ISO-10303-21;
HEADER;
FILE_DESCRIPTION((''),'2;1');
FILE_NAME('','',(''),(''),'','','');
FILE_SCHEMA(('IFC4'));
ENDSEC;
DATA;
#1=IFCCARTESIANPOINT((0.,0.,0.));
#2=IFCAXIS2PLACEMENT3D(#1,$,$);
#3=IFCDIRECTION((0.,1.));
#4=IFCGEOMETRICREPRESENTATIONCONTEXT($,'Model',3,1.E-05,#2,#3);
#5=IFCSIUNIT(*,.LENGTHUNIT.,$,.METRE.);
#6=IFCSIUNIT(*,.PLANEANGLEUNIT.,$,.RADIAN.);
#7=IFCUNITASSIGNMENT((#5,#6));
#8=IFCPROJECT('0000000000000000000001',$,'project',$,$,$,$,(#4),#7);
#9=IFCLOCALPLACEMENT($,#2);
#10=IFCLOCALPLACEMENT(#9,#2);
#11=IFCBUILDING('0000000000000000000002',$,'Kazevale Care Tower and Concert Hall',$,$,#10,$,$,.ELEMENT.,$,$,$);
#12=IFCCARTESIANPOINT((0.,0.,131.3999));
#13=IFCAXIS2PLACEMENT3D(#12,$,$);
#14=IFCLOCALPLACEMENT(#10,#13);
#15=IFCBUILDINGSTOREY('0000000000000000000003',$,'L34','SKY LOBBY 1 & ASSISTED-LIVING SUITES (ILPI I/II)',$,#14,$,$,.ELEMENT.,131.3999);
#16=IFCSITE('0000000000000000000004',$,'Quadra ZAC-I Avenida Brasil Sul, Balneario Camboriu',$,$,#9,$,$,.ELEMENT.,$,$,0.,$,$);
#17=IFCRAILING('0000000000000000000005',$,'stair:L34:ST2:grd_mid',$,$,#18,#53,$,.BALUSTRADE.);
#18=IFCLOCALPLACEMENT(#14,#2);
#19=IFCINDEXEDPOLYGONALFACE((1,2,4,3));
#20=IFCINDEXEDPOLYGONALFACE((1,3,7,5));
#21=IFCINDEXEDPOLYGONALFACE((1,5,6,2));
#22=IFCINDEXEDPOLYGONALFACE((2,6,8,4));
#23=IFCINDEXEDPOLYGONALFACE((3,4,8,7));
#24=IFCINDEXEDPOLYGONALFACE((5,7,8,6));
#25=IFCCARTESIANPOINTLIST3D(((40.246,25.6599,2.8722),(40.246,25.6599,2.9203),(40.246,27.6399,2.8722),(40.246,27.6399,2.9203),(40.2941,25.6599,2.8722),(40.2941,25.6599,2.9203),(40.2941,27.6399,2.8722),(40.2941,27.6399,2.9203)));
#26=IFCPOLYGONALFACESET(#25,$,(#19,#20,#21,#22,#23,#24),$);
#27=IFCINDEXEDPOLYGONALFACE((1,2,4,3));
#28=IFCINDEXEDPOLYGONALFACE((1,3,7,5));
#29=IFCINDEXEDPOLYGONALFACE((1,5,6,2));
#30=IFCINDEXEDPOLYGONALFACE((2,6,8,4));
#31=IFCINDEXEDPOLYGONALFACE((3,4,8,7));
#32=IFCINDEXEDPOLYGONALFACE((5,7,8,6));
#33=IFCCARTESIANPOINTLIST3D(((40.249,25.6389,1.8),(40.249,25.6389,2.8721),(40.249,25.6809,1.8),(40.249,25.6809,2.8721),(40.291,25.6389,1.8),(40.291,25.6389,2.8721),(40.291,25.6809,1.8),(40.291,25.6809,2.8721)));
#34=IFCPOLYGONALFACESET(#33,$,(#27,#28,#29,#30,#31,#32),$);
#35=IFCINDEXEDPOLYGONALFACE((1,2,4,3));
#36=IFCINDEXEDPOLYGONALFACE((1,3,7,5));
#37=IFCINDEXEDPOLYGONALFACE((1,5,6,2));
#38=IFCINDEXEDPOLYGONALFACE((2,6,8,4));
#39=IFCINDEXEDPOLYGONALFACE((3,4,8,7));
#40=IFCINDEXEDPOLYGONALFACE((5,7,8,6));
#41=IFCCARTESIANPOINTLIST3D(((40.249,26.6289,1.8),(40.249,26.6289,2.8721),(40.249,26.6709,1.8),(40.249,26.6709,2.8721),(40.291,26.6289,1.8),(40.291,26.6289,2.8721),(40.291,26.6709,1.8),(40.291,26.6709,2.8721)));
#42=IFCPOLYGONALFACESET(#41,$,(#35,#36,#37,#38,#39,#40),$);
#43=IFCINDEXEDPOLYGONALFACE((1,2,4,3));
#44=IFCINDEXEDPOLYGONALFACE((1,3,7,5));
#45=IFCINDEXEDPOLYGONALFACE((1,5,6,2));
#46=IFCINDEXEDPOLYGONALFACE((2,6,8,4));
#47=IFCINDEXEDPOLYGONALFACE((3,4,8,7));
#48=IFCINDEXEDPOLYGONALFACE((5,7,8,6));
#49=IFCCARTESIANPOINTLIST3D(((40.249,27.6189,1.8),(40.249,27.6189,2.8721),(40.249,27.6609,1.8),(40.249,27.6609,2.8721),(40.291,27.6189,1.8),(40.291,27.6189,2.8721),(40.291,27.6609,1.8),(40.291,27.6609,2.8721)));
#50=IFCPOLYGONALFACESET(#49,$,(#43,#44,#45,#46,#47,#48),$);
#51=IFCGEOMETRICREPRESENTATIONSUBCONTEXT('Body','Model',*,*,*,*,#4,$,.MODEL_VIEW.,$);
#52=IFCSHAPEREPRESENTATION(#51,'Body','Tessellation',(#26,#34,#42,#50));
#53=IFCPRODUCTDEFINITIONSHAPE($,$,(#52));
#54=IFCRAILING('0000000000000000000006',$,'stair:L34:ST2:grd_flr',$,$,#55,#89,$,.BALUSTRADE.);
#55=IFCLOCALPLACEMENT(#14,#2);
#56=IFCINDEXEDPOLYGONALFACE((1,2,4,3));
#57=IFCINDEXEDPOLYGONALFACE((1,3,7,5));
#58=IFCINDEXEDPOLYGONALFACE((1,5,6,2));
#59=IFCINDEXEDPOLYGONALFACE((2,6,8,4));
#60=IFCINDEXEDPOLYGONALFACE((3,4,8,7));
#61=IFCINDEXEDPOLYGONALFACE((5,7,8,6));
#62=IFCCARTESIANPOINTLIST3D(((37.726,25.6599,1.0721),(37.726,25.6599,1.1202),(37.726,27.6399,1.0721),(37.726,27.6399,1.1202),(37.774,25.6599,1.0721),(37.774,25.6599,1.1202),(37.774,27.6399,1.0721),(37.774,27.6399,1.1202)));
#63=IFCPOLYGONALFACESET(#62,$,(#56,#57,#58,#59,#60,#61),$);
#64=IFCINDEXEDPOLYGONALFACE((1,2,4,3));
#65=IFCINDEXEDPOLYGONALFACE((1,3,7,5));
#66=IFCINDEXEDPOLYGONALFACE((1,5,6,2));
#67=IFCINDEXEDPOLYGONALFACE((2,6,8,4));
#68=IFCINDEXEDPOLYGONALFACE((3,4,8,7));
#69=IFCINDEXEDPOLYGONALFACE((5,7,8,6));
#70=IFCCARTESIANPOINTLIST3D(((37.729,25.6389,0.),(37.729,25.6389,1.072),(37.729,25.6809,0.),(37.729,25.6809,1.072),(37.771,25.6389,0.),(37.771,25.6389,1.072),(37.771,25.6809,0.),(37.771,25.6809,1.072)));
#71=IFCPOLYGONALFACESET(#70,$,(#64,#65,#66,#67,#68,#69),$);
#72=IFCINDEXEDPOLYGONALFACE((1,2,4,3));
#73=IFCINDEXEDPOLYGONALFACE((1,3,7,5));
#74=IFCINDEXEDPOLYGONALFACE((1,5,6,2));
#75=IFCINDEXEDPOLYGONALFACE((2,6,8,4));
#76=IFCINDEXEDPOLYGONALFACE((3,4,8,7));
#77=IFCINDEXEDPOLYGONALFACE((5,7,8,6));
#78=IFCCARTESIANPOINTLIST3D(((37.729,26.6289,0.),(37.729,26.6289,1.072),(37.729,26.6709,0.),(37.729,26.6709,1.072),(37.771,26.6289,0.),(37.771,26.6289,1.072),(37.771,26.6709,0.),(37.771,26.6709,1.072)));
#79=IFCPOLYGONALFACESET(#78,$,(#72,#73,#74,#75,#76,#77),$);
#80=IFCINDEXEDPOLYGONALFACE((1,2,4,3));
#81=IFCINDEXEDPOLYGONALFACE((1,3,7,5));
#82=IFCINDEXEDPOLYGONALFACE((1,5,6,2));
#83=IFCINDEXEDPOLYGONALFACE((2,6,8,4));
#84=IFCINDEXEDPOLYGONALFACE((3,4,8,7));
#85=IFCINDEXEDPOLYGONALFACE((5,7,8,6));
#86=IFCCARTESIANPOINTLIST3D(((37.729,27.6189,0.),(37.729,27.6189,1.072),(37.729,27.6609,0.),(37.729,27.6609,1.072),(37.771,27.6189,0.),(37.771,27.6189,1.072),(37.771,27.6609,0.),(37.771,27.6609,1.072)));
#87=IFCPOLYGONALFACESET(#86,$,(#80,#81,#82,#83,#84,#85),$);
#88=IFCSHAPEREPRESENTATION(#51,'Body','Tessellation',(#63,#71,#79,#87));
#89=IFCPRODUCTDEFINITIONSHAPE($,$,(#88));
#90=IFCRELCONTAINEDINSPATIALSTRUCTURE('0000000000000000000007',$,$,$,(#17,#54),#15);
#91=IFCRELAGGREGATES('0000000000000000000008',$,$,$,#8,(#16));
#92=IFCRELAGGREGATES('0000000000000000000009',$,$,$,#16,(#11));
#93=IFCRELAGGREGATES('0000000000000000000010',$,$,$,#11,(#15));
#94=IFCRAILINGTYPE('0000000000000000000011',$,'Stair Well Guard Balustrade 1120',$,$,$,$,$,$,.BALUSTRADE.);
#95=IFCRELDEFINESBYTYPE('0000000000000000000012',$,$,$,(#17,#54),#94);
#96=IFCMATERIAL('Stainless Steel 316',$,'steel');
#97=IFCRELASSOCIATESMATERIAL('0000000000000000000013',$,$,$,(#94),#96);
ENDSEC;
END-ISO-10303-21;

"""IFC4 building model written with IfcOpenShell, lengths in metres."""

from ifc_helpers import new_model, si_unit, direction, frame, origin, origin_2d, place, context, subcontext, project, spatial, rectangle, extrude, material, type_object, element, save


model = new_model("IFC4")

# Units and contexts
model_context = context("Model", 3, precision=1e-05, world=origin(), true_north=direction((0.0, 1.0)))
body_context = subcontext(model_context, "Body", "Model", "MODEL_VIEW")
ifc_project = project(units=[si_unit("LENGTHUNIT", "METRE"), si_unit("PLANEANGLEUNIT", "RADIAN")], contexts=[model_context])

# Site, building, storey
site_placement = place(None, origin())
site = spatial("IfcSite", under=ifc_project, at=site_placement, Name="Quadra ZAC-I Avenida Brasil Sul, Balneario Camboriu", CompositionType="ELEMENT", RefElevation=0.0)
building_placement = place(site_placement, origin())
building = spatial("IfcBuilding", under=site, at=building_placement, Name="Kazevale Care Tower and Concert Hall", CompositionType="ELEMENT")
storey_placement = place(building_placement, frame((0.0, 0.0, 131.3999)))
storey = spatial("IfcBuildingStorey", under=building, at=storey_placement, Name="L34", Description="SKY LOBBY 1 & ASSISTED-LIVING SUITES (ILPI I/II)", CompositionType="ELEMENT", Elevation=131.3999)

# Railings
ifc_material_1 = material(Name="Stainless Steel 316", Category="steel")
railing_type_1 = type_object("IfcRailingType", Name="Stair Well Guard Balustrade 1120", PredefinedType="BALUSTRADE", material=ifc_material_1)
for number, where, name in (
    (1, (40.27, 25.6599, 1.8), "stair:L34:ST2:grd_mid"),
    (2, (37.75, 25.6599, 0.0), "stair:L34:ST2:grd_flr"),
):
    element("IfcRailing", number, at=place(storey_placement, frame(where)), inside=storey, type_object=railing_type_1, Name=name, PredefinedType="BALUSTRADE", context=body_context, shape_type="SweptSolid", body=[
        extrude(rectangle(XDim=0.0481, YDim=0.0481, at=origin_2d()), frame((0.0, 0.0, 1.0962), z_axis=(0.0, 1.0, 0.0), x_axis=(-1.0, 0.0, 0.0)), (0.0, 0.0, 1.0), 1.98),
        extrude(rectangle(XDim=0.042, YDim=0.042, at=origin_2d()), origin(), (0.0, 0.0, 1.0), 1.072),
        extrude(rectangle(XDim=0.042, YDim=0.042, at=origin_2d()), frame((0.0, 0.99, 0.0)), (0.0, 0.0, 1.0), 1.072),
        extrude(rectangle(XDim=0.042, YDim=0.042, at=origin_2d()), frame((0.0, 1.98, 0.0)), (0.0, 0.0, 1.0), 1.072),
    ])

save(model, "model.ifc")
